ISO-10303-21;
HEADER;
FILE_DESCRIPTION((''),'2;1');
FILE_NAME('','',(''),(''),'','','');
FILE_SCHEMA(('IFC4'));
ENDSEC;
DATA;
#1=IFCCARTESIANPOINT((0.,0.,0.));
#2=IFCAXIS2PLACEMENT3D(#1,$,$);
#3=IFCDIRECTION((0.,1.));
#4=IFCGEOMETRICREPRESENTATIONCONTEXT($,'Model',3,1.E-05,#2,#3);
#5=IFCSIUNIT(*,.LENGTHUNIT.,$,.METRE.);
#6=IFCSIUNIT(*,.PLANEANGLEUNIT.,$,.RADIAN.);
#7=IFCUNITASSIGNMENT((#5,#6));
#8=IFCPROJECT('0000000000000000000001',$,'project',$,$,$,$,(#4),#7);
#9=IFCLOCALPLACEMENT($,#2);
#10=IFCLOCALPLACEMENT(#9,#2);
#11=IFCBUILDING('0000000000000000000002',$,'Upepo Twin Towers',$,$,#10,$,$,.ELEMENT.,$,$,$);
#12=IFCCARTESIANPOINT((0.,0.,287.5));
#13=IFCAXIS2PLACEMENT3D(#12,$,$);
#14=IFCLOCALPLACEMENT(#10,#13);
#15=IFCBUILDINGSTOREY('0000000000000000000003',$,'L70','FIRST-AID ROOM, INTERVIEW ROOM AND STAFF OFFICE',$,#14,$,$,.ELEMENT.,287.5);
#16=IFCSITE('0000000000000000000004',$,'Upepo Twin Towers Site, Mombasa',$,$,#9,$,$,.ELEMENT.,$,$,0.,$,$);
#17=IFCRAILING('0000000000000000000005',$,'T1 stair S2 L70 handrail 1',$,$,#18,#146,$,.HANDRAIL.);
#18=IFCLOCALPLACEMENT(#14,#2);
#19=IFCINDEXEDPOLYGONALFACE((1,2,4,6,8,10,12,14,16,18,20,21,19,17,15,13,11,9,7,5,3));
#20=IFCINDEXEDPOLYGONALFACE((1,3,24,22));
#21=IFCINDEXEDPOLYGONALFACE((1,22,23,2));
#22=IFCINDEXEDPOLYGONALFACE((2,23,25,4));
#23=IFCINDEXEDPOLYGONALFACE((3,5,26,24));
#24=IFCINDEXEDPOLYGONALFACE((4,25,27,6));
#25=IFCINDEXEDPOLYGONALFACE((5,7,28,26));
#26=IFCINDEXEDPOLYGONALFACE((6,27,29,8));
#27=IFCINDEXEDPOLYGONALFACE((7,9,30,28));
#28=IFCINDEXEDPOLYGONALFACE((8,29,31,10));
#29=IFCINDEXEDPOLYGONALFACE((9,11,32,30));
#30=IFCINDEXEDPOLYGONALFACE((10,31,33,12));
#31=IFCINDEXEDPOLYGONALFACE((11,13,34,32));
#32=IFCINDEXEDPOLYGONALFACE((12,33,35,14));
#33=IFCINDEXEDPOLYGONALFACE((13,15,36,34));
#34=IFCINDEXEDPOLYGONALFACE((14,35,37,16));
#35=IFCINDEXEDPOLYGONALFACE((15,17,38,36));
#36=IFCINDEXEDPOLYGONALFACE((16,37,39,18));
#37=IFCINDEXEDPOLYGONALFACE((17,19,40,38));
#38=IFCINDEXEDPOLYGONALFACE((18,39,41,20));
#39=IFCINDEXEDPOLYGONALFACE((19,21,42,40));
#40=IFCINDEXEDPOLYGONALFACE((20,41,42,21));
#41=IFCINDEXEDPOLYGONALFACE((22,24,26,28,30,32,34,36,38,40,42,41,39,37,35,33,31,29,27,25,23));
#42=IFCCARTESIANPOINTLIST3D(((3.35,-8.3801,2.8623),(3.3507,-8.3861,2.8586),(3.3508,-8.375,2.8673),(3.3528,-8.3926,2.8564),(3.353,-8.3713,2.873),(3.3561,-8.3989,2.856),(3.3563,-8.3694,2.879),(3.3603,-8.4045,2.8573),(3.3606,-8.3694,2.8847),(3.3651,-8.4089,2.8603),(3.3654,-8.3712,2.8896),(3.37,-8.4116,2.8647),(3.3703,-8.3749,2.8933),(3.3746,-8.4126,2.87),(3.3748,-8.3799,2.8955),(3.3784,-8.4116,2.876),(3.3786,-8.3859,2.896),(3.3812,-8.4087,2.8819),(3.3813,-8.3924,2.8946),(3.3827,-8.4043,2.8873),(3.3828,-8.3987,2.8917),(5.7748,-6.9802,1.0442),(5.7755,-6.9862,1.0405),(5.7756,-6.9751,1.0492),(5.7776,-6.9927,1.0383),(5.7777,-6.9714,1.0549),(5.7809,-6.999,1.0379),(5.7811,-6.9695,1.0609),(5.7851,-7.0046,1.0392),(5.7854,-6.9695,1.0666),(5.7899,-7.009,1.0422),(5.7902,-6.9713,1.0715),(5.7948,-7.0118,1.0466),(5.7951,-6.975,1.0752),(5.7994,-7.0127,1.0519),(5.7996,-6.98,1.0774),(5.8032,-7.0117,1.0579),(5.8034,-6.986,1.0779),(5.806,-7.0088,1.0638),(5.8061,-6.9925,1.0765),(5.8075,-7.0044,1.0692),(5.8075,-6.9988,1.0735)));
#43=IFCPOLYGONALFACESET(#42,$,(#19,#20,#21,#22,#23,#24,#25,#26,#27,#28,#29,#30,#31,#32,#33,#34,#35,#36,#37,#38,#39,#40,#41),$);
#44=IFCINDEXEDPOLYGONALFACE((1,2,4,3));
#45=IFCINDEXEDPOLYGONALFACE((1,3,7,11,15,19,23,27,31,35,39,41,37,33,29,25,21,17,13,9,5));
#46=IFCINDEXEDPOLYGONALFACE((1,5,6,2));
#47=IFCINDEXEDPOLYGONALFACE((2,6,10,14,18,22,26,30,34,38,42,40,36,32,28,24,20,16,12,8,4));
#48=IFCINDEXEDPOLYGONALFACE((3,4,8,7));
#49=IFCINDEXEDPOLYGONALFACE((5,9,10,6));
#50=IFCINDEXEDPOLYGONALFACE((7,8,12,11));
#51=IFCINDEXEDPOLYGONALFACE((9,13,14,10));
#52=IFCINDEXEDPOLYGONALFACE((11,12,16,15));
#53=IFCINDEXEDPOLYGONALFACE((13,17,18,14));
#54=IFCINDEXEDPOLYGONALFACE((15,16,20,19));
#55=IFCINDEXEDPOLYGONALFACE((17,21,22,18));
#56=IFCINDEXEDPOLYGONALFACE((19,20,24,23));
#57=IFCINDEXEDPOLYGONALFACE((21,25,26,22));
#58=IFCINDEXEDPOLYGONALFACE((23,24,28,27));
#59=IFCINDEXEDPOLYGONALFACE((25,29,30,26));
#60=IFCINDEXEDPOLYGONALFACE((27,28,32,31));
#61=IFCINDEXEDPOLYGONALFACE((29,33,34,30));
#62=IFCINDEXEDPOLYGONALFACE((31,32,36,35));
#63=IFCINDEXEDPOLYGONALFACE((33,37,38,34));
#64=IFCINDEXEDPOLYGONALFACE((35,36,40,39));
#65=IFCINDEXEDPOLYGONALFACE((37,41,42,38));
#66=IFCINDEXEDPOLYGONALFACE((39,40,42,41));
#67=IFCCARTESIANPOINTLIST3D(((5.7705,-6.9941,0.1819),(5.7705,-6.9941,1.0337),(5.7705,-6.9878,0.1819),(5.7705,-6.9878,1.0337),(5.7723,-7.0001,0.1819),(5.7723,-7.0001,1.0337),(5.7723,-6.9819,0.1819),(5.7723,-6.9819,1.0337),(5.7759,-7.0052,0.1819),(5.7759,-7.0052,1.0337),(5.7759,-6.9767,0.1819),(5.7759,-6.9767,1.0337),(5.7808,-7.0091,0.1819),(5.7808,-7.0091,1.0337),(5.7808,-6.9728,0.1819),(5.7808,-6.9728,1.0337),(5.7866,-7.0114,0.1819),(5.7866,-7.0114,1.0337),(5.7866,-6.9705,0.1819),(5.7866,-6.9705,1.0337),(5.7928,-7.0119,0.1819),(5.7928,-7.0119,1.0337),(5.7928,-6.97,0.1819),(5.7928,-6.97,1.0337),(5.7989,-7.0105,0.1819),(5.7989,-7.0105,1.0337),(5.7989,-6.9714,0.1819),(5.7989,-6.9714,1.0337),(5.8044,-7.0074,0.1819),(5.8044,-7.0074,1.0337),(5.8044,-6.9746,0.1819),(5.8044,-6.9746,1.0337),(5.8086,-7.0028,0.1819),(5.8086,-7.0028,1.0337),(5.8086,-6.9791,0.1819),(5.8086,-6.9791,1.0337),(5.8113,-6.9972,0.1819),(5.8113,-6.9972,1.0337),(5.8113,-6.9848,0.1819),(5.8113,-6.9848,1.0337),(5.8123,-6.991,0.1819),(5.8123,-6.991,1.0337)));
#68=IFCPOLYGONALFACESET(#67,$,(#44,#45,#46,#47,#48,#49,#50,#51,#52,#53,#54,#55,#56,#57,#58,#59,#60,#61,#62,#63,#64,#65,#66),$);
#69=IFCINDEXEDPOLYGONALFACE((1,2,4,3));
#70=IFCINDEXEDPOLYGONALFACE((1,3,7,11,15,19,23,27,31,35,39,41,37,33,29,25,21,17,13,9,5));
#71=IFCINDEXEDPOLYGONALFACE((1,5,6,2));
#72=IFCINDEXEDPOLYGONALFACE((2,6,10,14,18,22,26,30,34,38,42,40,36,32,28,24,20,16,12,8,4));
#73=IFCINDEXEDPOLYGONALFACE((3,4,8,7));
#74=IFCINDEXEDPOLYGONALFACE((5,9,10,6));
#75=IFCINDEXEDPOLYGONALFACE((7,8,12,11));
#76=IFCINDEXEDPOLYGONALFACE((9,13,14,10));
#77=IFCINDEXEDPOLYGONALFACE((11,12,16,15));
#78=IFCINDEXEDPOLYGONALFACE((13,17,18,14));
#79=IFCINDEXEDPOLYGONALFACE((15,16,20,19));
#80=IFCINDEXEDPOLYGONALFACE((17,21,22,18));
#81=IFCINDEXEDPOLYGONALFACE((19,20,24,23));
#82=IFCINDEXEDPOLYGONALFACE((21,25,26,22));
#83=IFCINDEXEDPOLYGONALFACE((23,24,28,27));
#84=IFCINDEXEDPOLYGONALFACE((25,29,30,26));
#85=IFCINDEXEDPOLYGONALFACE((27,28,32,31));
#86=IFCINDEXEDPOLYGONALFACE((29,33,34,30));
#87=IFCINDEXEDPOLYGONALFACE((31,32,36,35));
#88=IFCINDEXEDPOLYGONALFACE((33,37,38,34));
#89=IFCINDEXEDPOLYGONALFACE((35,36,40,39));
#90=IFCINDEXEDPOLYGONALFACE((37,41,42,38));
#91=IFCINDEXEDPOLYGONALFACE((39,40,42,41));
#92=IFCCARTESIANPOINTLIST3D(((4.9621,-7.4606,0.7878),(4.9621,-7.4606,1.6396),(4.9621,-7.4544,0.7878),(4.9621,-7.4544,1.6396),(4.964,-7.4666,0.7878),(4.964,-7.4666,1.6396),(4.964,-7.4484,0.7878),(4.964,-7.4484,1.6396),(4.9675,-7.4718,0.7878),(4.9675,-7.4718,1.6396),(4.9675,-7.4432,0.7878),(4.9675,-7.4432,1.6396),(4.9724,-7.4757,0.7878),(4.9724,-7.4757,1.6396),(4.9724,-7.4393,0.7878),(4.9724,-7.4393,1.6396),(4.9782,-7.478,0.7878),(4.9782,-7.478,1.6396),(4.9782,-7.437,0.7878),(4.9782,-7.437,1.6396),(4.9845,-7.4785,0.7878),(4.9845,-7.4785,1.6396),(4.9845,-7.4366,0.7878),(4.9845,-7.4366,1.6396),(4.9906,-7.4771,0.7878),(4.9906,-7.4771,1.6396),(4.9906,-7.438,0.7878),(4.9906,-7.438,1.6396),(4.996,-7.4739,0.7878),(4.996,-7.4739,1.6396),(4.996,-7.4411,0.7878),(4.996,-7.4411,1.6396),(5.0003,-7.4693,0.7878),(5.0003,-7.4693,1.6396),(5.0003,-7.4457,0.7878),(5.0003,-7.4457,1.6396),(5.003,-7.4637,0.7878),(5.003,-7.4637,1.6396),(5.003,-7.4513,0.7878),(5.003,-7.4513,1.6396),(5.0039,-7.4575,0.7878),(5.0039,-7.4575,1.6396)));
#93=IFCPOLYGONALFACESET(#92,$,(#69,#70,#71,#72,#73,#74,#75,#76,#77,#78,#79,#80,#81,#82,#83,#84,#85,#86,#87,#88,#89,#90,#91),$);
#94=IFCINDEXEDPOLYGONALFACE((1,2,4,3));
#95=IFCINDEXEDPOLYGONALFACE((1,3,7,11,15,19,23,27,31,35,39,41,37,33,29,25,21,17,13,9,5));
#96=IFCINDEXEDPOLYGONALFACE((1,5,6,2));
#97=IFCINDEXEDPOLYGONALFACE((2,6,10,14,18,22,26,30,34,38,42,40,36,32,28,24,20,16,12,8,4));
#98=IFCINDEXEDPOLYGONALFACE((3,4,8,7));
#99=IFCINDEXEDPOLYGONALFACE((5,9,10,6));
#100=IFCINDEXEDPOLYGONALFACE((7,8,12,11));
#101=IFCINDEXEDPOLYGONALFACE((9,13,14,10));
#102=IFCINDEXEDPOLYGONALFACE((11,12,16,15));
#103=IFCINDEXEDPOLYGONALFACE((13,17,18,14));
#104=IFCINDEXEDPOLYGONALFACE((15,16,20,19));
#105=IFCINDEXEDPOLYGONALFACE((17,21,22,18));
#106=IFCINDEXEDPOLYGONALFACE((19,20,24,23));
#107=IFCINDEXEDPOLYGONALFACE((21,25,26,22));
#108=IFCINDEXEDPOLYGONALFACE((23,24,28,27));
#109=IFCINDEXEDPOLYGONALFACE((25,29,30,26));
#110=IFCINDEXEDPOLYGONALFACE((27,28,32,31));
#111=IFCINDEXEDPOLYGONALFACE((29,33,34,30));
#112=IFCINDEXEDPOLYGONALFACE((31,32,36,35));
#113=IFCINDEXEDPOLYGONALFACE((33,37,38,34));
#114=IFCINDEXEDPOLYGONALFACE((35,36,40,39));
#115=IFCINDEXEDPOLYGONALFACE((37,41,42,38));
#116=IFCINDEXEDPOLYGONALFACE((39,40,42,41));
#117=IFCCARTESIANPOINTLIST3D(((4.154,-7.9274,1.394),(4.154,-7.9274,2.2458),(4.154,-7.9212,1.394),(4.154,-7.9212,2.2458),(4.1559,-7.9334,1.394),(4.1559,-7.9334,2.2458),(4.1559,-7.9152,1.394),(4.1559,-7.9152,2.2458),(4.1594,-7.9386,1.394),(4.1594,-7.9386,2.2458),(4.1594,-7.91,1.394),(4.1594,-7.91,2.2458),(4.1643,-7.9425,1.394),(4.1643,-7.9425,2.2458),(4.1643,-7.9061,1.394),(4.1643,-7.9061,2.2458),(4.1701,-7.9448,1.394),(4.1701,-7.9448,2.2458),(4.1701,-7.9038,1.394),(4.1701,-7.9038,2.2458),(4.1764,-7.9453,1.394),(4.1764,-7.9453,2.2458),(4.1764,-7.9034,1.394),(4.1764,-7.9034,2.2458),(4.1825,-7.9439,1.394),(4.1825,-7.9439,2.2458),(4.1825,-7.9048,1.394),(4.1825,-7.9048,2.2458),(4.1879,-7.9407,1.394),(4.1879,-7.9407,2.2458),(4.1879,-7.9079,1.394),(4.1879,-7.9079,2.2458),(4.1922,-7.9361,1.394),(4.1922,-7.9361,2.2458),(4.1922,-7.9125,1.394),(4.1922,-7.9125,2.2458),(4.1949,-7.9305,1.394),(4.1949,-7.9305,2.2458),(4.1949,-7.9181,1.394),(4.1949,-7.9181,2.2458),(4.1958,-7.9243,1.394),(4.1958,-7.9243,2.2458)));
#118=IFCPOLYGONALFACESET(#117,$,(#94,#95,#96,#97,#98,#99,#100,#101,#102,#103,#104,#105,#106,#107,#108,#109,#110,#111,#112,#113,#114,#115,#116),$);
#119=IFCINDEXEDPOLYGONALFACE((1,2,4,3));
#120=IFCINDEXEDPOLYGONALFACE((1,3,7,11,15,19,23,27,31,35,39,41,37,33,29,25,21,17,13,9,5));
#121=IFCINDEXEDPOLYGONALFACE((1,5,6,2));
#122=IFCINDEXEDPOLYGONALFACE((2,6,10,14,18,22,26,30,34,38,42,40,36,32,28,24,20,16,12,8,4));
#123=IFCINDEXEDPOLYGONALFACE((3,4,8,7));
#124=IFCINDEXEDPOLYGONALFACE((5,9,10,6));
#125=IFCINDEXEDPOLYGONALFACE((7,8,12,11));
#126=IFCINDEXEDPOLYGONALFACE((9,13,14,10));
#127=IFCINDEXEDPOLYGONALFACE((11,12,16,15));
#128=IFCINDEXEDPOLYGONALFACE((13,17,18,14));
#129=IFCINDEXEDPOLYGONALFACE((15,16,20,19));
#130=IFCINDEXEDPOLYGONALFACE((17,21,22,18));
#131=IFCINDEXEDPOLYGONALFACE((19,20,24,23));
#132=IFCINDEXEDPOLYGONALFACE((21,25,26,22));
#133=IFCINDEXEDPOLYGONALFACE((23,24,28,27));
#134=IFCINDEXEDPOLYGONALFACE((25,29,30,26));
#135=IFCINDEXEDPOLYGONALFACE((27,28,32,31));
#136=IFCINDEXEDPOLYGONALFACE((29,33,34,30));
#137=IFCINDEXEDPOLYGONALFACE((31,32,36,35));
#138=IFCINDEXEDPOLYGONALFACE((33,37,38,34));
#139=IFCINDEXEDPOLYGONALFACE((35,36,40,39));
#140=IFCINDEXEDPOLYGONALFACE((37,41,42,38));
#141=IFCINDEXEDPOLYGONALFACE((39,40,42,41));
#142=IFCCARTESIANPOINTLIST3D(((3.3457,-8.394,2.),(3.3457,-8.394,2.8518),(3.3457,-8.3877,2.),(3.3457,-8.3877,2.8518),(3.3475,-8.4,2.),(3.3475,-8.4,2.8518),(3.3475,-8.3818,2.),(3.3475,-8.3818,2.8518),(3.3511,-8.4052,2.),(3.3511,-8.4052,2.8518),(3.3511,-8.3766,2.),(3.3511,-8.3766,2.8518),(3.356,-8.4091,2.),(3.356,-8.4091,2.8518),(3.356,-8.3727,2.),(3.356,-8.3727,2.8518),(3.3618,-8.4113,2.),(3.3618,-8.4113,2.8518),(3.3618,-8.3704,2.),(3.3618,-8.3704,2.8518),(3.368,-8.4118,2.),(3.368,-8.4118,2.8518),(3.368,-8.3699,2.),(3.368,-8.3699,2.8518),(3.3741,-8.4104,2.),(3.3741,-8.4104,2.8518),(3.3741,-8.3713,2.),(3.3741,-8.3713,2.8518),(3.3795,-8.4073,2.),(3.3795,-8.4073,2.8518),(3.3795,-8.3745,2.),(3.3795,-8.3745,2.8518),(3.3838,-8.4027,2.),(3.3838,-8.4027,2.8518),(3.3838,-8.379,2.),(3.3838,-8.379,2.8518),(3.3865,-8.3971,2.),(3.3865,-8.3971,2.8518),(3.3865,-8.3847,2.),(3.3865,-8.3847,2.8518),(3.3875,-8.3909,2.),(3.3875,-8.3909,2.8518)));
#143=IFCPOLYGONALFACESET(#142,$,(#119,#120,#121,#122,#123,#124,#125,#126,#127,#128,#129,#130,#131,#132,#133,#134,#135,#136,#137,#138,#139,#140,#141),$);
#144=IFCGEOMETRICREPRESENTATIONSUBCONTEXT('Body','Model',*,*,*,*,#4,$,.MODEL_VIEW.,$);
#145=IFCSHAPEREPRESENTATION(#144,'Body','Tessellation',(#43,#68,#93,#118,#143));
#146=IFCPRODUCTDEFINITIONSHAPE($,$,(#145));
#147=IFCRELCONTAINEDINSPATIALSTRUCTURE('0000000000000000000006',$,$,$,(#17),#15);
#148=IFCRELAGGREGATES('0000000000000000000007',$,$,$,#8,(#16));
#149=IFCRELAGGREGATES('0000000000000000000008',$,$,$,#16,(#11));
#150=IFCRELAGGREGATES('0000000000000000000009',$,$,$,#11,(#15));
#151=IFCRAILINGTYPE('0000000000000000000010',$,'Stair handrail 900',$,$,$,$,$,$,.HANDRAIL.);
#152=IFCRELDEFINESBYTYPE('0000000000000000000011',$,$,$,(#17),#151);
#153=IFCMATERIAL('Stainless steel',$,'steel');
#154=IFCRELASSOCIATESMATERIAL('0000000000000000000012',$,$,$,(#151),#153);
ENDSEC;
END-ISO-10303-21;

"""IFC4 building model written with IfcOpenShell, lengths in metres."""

from ifc_helpers import new_model, si_unit, direction, frame, origin, origin_2d, place, context, subcontext, project, spatial, circle, extrude, material, type_object, element, save


model = new_model("IFC4")

# Units and contexts
model_context = context("Model", 3, precision=1e-05, world=origin(), true_north=direction((0.0, 1.0)))
body_context = subcontext(model_context, "Body", "Model", "MODEL_VIEW")
ifc_project = project(units=[si_unit("LENGTHUNIT", "METRE"), si_unit("PLANEANGLEUNIT", "RADIAN")], contexts=[model_context])

# Site, building, storey
site_placement = place(None, origin())
site = spatial("IfcSite", under=ifc_project, at=site_placement, Name="Upepo Twin Towers Site, Mombasa", CompositionType="ELEMENT", RefElevation=0.0)
building_placement = place(site_placement, origin())
building = spatial("IfcBuilding", under=site, at=building_placement, Name="Upepo Twin Towers", CompositionType="ELEMENT")
storey_placement = place(building_placement, frame((0.0, 0.0, 287.5)))
storey = spatial("IfcBuildingStorey", under=building, at=storey_placement, Name="L70", Description="FIRST-AID ROOM, INTERVIEW ROOM AND STAFF OFFICE", CompositionType="ELEMENT", Elevation=287.5)

# Railing
ifc_material_1 = material(Name="Stainless steel", Category="steel")
railing_type = type_object("IfcRailingType", Name="Stair handrail 900", PredefinedType="HANDRAIL", material=ifc_material_1)
railing_1_placement = place(storey_placement, frame((5.7913, -6.991, 0.1819)))
element("IfcRailing", 1, at=railing_1_placement, inside=storey, type_object=railing_type, Name="T1 stair S2 L70 handrail 1", PredefinedType="HANDRAIL", context=body_context, shape_type="SweptSolid", body=[
    extrude(circle(Radius=0.0239, at=origin_2d()), frame((0.0, 0.0, 0.876), z_axis=(-0.726336, -0.419333, 0.544606), x_axis=(0.499984, -0.866035, 0.0)), (0.0, 0.0, 1.0), 3.3384),
    extrude(circle(Radius=0.021, at=origin_2d()), origin(), (0.0, 0.0, 1.0), 0.8518),
    extrude(circle(Radius=0.021, at=origin_2d()), frame((-0.8083, -0.4666, 0.606)), (0.0, 0.0, 1.0), 0.8518),
    extrude(circle(Radius=0.021, at=origin_2d()), frame((-1.6165, -0.9333, 1.2122)), (0.0, 0.0, 1.0), 0.8518),
    extrude(circle(Radius=0.021, at=origin_2d()), frame((-2.4248, -1.3999, 1.8181)), (0.0, 0.0, 1.0), 0.8518),
])

save(model, "model.ifc")
